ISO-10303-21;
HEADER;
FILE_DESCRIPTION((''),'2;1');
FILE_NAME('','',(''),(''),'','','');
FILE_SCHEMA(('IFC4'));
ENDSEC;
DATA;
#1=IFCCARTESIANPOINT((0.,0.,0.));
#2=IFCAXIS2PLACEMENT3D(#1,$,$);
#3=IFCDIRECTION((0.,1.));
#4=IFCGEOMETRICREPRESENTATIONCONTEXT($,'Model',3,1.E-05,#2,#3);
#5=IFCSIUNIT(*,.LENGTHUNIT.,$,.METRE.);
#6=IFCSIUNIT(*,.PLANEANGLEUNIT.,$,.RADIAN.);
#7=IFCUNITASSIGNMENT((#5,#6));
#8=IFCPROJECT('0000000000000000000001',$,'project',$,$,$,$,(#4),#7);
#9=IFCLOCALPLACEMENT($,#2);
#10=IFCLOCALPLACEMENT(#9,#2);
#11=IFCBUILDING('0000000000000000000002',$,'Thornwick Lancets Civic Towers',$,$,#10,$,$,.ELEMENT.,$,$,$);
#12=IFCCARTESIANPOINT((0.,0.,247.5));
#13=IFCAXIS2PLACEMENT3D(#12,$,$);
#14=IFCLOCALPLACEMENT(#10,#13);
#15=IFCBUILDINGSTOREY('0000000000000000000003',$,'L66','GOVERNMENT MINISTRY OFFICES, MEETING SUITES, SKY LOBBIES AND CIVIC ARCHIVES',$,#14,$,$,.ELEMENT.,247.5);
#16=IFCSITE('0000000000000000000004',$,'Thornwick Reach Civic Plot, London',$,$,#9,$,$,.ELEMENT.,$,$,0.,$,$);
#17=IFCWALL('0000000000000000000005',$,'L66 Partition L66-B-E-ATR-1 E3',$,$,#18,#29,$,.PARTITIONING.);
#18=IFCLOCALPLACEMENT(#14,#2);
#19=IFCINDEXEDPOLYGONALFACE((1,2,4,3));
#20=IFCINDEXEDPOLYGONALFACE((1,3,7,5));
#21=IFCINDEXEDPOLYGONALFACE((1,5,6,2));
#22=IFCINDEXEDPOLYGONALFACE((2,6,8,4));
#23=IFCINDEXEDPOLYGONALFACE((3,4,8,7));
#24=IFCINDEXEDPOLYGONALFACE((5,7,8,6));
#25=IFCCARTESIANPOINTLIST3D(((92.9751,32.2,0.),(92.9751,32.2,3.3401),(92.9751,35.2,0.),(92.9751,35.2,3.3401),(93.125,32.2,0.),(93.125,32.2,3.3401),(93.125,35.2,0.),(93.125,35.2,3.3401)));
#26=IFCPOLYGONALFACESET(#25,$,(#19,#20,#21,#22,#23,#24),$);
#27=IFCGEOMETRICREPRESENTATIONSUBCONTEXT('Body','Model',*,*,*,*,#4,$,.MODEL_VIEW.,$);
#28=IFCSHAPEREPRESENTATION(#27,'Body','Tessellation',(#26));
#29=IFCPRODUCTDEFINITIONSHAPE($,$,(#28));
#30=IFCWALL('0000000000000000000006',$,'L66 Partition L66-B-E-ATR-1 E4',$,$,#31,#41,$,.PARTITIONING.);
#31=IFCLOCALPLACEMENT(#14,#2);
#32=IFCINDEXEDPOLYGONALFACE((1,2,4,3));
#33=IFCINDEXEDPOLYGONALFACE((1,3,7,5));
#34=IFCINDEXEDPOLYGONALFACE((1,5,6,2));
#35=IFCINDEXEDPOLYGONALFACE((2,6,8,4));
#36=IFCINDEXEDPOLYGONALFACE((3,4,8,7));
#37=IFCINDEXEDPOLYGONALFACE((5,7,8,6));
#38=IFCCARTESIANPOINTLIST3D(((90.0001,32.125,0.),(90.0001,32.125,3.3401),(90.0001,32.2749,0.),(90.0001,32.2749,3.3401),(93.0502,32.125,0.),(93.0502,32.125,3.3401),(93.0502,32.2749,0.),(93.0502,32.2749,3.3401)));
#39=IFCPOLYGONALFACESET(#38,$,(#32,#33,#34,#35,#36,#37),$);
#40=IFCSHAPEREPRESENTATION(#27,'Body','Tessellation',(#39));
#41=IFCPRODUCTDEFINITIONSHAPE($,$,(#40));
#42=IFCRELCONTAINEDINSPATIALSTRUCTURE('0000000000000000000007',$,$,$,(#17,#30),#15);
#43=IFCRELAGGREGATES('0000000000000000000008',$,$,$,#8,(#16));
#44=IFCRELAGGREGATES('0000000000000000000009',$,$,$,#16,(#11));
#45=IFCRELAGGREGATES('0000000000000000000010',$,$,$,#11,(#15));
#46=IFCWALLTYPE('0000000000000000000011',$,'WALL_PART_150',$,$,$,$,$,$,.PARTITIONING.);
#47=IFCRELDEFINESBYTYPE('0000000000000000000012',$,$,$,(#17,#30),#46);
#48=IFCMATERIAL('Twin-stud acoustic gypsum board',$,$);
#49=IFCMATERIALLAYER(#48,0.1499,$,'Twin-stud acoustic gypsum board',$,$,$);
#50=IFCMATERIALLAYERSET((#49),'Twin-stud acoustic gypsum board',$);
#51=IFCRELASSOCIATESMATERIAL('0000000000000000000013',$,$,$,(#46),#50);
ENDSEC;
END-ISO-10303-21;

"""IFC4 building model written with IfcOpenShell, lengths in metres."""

from ifc_helpers import new_model, si_unit, direction, frame, frame_2d, origin, place, context, subcontext, project, spatial, rectangle, extrude, material, layer, layer_set, type_object, element, save


model = new_model("IFC4")

# Units and contexts
model_context = context("Model", 3, precision=1e-05, world=origin(), true_north=direction((0.0, 1.0)))
body_context = subcontext(model_context, "Body", "Model", "MODEL_VIEW")
ifc_project = project(units=[si_unit("LENGTHUNIT", "METRE"), si_unit("PLANEANGLEUNIT", "RADIAN")], contexts=[model_context])

# Site, building, storey
site_placement = place(None, origin())
site = spatial("IfcSite", under=ifc_project, at=site_placement, Name="Thornwick Reach Civic Plot, London", CompositionType="ELEMENT", RefElevation=0.0)
building_placement = place(site_placement, origin())
building = spatial("IfcBuilding", under=site, at=building_placement, Name="Thornwick Lancets Civic Towers", CompositionType="ELEMENT")
storey_placement = place(building_placement, frame((0.0, 0.0, 247.5)))
storey = spatial("IfcBuildingStorey", under=building, at=storey_placement, Name="L66", Description="GOVERNMENT MINISTRY OFFICES, MEETING SUITES, SKY LOBBIES AND CIVIC ARCHIVES", CompositionType="ELEMENT", Elevation=247.5)

# Shared definitions
ifc_material_1 = material(Name="Twin-stud acoustic gypsum board")
ifc_layer_1 = layer(ifc_material_1, 0.1499, Name="Twin-stud acoustic gypsum board")
ifc_layer_set_1 = layer_set([ifc_layer_1], Name="Twin-stud acoustic gypsum board")
wall_type_1 = type_object("IfcWallType", Name="WALL_PART_150", PredefinedType="PARTITIONING", material=ifc_layer_set_1)

# Walls
wall_1_placement = place(storey_placement, frame((93.05, 35.2, 0.0), z_axis=(0.0, 0.0, 1.0), x_axis=(0.0, -1.0, 0.0)))
element("IfcWall", 1, at=wall_1_placement, inside=storey, type_object=wall_type_1, Name="L66 Partition L66-B-E-ATR-1 E3", PredefinedType="PARTITIONING", context=body_context, shape_type="SweptSolid", body=[
    extrude(rectangle(XDim=3.0, YDim=0.1499, at=frame_2d((1.5, 0.0))), origin(), (0.0, 0.0, 1.0), 3.3401),
])
wall_2_placement = place(storey_placement, frame((93.05, 32.2, 0.0), z_axis=(0.0, 0.0, 1.0), x_axis=(-1.0, 0.0, 0.0)))
element("IfcWall", 2, at=wall_2_placement, inside=storey, type_object=wall_type_1, Name="L66 Partition L66-B-E-ATR-1 E4", PredefinedType="PARTITIONING", context=body_context, shape_type="SweptSolid", body=[
    extrude(rectangle(XDim=3.05, YDim=0.1499, at=frame_2d((1.5249, 0.0))), origin(), (0.0, 0.0, 1.0), 3.3401),
])

save(model, "model.ifc")
